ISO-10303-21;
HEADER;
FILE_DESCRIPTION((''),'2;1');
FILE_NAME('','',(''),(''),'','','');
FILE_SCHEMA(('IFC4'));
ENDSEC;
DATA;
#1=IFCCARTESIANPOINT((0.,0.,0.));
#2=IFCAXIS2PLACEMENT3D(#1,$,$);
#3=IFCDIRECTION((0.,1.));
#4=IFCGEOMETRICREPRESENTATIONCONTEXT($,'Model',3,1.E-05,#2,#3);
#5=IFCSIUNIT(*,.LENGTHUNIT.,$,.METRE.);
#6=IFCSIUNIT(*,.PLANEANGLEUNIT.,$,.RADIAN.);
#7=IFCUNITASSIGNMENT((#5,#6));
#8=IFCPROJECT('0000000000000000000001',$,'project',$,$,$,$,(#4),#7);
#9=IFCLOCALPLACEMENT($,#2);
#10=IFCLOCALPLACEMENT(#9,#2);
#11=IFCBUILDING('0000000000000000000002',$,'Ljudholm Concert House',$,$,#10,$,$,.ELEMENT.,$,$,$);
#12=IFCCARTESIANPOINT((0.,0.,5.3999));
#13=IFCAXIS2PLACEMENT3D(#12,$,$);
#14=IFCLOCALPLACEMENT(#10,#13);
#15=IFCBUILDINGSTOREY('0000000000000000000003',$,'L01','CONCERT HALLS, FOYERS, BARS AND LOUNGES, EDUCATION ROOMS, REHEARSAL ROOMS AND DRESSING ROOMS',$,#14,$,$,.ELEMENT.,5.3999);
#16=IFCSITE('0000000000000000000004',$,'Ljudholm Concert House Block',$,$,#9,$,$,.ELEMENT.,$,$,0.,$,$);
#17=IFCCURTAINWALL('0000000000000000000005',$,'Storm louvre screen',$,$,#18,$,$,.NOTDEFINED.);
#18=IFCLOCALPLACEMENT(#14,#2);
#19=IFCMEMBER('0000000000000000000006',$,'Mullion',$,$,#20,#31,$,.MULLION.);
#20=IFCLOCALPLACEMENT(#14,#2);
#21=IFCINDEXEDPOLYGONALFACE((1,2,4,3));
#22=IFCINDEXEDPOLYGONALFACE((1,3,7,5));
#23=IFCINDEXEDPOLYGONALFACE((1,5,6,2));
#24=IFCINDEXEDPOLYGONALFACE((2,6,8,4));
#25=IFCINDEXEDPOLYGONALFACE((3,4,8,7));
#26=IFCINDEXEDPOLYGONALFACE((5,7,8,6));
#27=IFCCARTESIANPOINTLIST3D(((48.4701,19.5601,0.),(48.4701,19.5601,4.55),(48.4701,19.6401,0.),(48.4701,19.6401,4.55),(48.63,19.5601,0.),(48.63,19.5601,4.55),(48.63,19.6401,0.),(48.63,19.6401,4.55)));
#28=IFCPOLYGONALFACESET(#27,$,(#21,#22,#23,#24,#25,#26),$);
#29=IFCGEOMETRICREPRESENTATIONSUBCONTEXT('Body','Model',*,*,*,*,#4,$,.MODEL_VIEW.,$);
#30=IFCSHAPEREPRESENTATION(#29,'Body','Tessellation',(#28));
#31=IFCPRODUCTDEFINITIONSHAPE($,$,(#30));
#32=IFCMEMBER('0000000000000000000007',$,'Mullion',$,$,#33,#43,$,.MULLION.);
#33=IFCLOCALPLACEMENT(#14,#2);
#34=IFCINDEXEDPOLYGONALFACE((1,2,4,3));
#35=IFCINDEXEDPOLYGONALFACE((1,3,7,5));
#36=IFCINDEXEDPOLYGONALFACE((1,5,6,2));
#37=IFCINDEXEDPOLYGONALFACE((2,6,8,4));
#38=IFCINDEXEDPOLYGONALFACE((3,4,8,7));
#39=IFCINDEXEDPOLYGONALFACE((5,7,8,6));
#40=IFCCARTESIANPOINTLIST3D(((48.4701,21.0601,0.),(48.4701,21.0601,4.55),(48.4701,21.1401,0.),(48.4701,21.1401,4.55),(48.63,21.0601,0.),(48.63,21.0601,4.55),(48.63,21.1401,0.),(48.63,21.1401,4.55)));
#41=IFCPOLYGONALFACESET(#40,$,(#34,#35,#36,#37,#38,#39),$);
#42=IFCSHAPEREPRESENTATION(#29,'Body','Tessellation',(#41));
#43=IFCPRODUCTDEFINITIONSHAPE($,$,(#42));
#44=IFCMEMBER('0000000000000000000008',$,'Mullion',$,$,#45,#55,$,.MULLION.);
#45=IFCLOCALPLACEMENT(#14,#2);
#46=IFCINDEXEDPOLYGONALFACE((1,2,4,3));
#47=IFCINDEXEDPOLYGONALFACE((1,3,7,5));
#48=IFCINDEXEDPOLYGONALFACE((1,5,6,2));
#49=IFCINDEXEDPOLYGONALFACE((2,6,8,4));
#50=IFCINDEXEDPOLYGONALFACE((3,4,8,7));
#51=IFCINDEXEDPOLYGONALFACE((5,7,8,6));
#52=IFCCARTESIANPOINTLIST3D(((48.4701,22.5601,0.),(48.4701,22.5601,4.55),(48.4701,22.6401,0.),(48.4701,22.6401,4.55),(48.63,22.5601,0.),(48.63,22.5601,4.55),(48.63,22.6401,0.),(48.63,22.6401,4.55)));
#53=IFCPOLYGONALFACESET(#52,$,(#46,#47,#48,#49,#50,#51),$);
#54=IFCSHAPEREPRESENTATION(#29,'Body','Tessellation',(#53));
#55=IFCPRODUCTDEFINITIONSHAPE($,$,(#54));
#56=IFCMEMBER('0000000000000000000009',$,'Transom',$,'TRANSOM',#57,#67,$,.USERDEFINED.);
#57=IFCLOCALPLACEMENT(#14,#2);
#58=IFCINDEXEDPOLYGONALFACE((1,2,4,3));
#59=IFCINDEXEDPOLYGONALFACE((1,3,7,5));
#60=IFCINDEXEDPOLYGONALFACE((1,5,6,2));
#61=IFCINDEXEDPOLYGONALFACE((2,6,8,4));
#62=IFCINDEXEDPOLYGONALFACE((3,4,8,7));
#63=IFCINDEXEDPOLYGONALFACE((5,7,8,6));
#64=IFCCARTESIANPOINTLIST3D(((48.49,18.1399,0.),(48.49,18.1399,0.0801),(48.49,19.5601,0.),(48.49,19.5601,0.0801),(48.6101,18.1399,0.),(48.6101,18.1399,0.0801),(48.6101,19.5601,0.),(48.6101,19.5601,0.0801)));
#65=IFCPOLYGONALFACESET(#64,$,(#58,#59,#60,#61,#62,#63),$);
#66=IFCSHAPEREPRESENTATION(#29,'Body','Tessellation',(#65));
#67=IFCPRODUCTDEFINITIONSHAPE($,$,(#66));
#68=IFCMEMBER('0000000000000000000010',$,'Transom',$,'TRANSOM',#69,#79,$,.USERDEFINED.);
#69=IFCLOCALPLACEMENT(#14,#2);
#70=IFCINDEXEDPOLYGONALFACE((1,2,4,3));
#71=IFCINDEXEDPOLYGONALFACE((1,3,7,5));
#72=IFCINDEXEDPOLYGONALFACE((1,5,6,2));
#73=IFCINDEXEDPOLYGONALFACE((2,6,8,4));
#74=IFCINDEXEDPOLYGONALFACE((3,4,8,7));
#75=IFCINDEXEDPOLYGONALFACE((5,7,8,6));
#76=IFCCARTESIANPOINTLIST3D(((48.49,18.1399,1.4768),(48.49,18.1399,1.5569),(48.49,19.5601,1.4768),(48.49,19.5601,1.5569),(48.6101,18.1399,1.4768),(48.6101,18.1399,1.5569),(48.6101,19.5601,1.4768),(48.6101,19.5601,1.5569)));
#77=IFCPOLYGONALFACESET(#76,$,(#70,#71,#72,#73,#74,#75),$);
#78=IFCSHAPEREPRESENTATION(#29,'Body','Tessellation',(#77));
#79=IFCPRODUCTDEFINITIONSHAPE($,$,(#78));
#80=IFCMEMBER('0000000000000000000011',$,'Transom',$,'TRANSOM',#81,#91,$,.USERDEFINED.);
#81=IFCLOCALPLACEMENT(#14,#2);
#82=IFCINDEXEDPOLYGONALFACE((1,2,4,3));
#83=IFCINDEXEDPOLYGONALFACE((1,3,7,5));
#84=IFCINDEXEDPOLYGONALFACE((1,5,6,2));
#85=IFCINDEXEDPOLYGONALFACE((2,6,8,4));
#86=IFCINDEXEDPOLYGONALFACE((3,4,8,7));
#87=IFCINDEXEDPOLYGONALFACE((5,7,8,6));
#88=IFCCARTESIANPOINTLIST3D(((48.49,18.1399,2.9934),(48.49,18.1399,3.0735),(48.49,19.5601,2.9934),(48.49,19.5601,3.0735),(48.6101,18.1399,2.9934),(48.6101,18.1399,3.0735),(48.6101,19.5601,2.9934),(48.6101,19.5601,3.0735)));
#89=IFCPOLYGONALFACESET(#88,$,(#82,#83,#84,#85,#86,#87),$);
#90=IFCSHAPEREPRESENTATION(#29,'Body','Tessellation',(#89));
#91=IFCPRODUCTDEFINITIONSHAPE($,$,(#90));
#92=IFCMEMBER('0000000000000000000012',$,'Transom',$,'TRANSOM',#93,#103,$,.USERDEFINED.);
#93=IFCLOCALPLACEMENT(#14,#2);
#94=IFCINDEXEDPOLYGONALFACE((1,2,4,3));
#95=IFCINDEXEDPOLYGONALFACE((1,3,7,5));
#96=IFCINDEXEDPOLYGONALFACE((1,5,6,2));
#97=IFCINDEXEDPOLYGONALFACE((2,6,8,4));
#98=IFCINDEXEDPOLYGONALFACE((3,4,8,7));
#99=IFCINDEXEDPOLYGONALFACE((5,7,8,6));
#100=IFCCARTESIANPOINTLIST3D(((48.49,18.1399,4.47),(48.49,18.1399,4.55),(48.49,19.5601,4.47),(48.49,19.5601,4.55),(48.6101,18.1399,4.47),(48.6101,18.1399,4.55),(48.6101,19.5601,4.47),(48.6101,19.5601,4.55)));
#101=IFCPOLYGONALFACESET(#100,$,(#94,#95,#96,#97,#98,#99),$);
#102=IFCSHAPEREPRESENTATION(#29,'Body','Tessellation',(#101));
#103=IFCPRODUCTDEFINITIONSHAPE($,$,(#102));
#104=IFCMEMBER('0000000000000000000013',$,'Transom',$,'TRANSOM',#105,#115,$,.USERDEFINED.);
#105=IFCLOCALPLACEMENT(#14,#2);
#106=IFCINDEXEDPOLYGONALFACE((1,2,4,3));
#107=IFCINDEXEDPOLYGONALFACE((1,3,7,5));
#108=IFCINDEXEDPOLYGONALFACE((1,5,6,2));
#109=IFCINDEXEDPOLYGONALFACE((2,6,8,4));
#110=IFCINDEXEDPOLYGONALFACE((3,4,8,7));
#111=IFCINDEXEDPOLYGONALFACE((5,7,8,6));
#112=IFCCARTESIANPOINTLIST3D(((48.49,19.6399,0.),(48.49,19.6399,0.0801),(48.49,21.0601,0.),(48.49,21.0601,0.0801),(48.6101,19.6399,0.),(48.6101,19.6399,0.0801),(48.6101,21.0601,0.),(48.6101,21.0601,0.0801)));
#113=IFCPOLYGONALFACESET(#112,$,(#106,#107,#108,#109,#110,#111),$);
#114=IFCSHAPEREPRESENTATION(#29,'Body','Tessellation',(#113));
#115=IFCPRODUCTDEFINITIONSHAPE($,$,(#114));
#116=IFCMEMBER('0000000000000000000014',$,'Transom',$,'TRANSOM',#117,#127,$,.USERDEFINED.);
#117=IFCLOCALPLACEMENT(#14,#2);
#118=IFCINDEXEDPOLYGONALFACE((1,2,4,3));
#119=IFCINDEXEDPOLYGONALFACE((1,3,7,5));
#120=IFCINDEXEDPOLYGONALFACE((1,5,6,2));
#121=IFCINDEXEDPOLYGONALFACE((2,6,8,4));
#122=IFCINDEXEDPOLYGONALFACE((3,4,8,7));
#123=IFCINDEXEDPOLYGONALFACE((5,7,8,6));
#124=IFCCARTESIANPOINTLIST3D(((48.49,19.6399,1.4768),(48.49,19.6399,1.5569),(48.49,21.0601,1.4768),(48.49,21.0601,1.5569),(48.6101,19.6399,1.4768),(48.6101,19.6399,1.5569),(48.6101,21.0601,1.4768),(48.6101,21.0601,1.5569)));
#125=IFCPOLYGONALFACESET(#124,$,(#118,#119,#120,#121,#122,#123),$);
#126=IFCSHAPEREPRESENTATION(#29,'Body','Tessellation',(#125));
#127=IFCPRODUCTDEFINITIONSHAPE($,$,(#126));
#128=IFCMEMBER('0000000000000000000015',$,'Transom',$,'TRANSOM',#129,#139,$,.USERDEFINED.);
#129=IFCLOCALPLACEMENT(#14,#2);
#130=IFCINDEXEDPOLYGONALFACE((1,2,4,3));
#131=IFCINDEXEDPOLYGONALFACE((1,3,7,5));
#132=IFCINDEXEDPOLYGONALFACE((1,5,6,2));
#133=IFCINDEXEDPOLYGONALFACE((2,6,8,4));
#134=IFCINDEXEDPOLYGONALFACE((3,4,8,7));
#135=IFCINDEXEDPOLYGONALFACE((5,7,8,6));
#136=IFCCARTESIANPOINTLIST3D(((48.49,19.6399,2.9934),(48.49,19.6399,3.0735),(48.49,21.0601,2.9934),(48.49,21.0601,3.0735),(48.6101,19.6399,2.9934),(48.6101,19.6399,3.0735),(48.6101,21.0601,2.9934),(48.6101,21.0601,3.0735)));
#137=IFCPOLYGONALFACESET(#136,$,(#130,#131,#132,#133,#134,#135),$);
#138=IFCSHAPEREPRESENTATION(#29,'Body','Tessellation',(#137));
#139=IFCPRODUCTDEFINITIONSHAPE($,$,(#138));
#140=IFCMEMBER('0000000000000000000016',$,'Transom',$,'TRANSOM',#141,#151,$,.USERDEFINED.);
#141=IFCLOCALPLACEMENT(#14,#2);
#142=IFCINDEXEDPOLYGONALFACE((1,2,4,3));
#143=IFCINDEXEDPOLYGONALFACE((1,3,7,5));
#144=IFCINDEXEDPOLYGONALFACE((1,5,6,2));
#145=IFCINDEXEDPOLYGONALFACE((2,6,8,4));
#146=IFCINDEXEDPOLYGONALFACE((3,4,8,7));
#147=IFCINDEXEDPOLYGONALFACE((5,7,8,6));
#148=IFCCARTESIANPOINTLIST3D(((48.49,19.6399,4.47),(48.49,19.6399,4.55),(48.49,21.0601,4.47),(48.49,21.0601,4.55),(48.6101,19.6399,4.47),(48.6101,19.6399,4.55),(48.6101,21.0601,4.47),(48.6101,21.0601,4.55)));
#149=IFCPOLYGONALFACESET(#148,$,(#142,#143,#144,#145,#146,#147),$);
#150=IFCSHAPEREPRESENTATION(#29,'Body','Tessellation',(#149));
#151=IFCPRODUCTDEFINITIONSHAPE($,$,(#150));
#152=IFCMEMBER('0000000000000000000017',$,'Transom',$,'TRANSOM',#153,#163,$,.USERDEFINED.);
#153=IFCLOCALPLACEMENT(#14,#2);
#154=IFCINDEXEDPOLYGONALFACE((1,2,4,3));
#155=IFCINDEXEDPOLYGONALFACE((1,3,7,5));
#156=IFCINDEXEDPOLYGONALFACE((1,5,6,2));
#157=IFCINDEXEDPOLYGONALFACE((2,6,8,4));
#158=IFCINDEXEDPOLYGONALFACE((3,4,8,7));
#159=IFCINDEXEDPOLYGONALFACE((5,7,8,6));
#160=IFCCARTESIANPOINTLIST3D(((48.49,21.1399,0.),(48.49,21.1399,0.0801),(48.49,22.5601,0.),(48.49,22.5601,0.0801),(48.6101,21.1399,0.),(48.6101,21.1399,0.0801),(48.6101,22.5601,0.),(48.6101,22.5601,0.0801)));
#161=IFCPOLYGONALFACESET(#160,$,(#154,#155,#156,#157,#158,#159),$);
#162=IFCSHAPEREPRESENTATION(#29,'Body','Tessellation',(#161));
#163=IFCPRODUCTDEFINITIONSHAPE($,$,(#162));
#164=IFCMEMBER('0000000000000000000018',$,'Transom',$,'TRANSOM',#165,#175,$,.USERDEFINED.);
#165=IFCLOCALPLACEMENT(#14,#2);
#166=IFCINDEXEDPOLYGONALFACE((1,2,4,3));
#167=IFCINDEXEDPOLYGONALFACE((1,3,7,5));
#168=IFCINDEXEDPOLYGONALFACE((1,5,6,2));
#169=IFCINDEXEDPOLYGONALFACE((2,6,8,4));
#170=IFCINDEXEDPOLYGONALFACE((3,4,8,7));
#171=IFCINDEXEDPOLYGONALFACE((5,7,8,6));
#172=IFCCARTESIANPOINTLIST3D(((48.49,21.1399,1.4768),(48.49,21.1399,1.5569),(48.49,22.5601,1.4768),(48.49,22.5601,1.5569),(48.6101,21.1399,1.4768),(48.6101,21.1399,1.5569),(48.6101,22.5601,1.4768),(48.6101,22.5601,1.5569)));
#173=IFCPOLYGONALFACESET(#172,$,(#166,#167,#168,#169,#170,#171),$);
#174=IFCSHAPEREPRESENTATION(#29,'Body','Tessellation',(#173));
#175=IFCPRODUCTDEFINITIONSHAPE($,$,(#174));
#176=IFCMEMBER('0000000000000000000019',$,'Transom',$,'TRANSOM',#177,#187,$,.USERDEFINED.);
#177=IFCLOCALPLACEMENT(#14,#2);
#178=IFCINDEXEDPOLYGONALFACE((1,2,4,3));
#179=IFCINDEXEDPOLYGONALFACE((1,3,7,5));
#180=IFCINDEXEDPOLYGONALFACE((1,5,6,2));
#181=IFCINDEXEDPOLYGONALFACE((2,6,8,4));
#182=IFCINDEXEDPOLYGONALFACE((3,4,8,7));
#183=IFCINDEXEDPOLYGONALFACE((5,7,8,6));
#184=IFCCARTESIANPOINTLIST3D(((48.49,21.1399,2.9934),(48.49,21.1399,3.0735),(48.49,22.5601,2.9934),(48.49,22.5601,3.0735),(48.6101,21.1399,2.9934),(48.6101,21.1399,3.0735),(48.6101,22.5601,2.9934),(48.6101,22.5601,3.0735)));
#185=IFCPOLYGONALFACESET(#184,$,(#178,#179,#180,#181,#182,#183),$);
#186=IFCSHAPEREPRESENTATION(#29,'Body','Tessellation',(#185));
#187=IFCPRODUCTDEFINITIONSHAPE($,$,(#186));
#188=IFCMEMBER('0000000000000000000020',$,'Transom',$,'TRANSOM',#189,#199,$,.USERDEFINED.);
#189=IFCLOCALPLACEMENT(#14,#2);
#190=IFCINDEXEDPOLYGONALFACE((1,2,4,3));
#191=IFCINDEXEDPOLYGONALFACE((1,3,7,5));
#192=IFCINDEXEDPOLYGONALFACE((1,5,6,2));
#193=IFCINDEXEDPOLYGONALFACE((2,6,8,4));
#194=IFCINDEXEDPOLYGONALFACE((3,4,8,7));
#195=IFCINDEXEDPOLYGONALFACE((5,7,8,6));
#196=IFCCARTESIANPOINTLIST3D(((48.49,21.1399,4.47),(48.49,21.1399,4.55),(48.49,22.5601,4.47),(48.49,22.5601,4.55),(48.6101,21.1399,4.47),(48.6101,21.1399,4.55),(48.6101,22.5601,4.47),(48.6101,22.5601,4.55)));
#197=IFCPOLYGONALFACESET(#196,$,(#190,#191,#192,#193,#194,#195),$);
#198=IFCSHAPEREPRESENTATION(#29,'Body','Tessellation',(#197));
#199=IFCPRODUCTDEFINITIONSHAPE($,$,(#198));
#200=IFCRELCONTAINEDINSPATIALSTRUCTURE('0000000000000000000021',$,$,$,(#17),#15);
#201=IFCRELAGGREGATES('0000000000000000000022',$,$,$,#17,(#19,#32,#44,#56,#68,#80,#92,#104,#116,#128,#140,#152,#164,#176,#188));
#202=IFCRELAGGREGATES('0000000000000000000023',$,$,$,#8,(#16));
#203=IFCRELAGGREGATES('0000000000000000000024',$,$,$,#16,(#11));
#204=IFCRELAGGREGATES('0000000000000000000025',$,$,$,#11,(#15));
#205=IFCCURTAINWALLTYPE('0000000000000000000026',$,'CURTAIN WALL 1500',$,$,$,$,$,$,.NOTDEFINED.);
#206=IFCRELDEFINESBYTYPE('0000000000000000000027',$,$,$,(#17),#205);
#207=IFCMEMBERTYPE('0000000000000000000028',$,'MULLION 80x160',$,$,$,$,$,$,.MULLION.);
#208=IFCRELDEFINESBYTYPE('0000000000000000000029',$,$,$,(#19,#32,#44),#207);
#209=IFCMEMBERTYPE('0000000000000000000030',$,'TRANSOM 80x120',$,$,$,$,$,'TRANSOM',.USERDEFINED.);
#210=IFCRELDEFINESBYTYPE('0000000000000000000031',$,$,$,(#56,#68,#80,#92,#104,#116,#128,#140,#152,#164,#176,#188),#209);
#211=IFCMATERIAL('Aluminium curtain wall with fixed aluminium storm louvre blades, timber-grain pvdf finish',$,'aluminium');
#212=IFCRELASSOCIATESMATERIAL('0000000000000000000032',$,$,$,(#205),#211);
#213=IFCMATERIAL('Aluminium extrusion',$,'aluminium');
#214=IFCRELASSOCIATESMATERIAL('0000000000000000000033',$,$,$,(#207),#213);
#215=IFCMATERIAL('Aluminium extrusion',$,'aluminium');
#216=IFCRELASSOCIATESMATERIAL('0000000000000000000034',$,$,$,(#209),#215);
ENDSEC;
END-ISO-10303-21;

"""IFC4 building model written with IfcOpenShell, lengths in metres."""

from ifc_helpers import new_model, si_unit, direction, frame, origin, origin_2d, place, context, subcontext, project, spatial, rectangle, extrude, material, material_profile, profile_set, type_object, element, aggregate, save


model = new_model("IFC4")

# Units and contexts
model_context = context("Model", 3, precision=1e-05, world=origin(), true_north=direction((0.0, 1.0)))
body_context = subcontext(model_context, "Body", "Model", "MODEL_VIEW")
ifc_project = project(units=[si_unit("LENGTHUNIT", "METRE"), si_unit("PLANEANGLEUNIT", "RADIAN")], contexts=[model_context])

# Site, building, storey
site_placement = place(None, origin())
site = spatial("IfcSite", under=ifc_project, at=site_placement, Name="Ljudholm Concert House Block", CompositionType="ELEMENT", RefElevation=0.0)
building_placement = place(site_placement, origin())
building = spatial("IfcBuilding", under=site, at=building_placement, Name="Ljudholm Concert House", CompositionType="ELEMENT")
storey_placement = place(building_placement, frame((0.0, 0.0, 5.3999)))
storey = spatial("IfcBuildingStorey", under=building, at=storey_placement, Name="L01", Description="CONCERT HALLS, FOYERS, BARS AND LOUNGES, EDUCATION ROOMS, REHEARSAL ROOMS AND DRESSING ROOMS", CompositionType="ELEMENT", Elevation=5.3999)

# Curtain wall, members
ifc_material_1 = material(Name="Aluminium curtain wall with fixed aluminium storm louvre blades, timber-grain pvdf finish", Category="aluminium")
curtain_wall_type = type_object("IfcCurtainWallType", Name="CURTAIN WALL 1500", PredefinedType="NOTDEFINED", material=ifc_material_1)
curtain_wall_placement = place(storey_placement, origin())
curtain_wall = element("IfcCurtainWall", 1, at=curtain_wall_placement, inside=storey, type_object=curtain_wall_type, Name="Storm louvre screen", PredefinedType="NOTDEFINED")
ifc_material_2 = material(Name="Aluminium extrusion", Category="aluminium")
ifc_material_profile_1 = material_profile(ifc_material_2, rectangle(XDim=0.1599, YDim=0.0801, at=origin_2d()), Name="MULLION 80x160")
ifc_profile_set_1 = profile_set([ifc_material_profile_1], Name="Aluminium extrusion")
member_type_1 = type_object("IfcMemberType", Name="MULLION 80x160", PredefinedType="MULLION", material=ifc_profile_set_1)
member_1_placement = place(storey_placement, frame((48.55, 19.6001, 0.0), z_axis=(0.0, 0.0, 1.0), x_axis=(-1.0, 0.0, 0.0)))
member_1 = element("IfcMember", 2, at=member_1_placement, type_object=member_type_1, Name="Mullion", PredefinedType="MULLION", context=body_context, shape_type="SweptSolid", body=[
    extrude(rectangle(XDim=0.1599, YDim=0.0801, at=origin_2d()), origin(), (0.0, 0.0, 1.0), 4.55),
])
member_2_placement = place(storey_placement, frame((48.55, 21.1001, 0.0), z_axis=(0.0, 0.0, 1.0), x_axis=(-1.0, 0.0, 0.0)))
member_2 = element("IfcMember", 3, at=member_2_placement, type_object=member_type_1, Name="Mullion", PredefinedType="MULLION", context=body_context, shape_type="SweptSolid", body=[
    extrude(rectangle(XDim=0.1599, YDim=0.0801, at=origin_2d()), origin(), (0.0, 0.0, 1.0), 4.55),
])
member_3_placement = place(storey_placement, frame((48.55, 22.6001, 0.0), z_axis=(0.0, 0.0, 1.0), x_axis=(-1.0, 0.0, 0.0)))
member_3 = element("IfcMember", 4, at=member_3_placement, type_object=member_type_1, Name="Mullion", PredefinedType="MULLION", context=body_context, shape_type="SweptSolid", body=[
    extrude(rectangle(XDim=0.1599, YDim=0.0801, at=origin_2d()), origin(), (0.0, 0.0, 1.0), 4.55),
])
ifc_material_3 = material(Name="Aluminium extrusion", Category="aluminium")
ifc_material_profile_2 = material_profile(ifc_material_3, rectangle(XDim=0.1201, YDim=0.0801, at=origin_2d()), Name="TRANSOM 80x120")
ifc_profile_set_2 = profile_set([ifc_material_profile_2], Name="Aluminium extrusion")
member_type_2 = type_object("IfcMemberType", Name="TRANSOM 80x120", ElementType="TRANSOM", PredefinedType="USERDEFINED", material=ifc_profile_set_2)
member_4_placement = place(storey_placement, frame((48.55, 18.1399, 0.04), z_axis=(0.0, 1.0, 0.0), x_axis=(-1.0, 0.0, 0.0)))
member_4 = element("IfcMember", 5, at=member_4_placement, type_object=member_type_2, Name="Transom", ObjectType="TRANSOM", PredefinedType="USERDEFINED", context=body_context, shape_type="SweptSolid", body=[
    extrude(rectangle(XDim=0.1201, YDim=0.0801, at=origin_2d()), origin(), (0.0, 0.0, 1.0), 1.4202),
])
member_5_placement = place(storey_placement, frame((48.55, 18.1399, 1.5168), z_axis=(0.0, 1.0, 0.0), x_axis=(-1.0, 0.0, 0.0)))
member_5 = element("IfcMember", 6, at=member_5_placement, type_object=member_type_2, Name="Transom", ObjectType="TRANSOM", PredefinedType="USERDEFINED", context=body_context, shape_type="SweptSolid", body=[
    extrude(rectangle(XDim=0.1201, YDim=0.0801, at=origin_2d()), origin(), (0.0, 0.0, 1.0), 1.4202),
])
member_6_placement = place(storey_placement, frame((48.55, 18.1399, 3.0334), z_axis=(0.0, 1.0, 0.0), x_axis=(-1.0, 0.0, 0.0)))
member_6 = element("IfcMember", 7, at=member_6_placement, type_object=member_type_2, Name="Transom", ObjectType="TRANSOM", PredefinedType="USERDEFINED", context=body_context, shape_type="SweptSolid", body=[
    extrude(rectangle(XDim=0.1201, YDim=0.0801, at=origin_2d()), origin(), (0.0, 0.0, 1.0), 1.4202),
])
member_7_placement = place(storey_placement, frame((48.55, 18.1399, 4.51), z_axis=(0.0, 1.0, 0.0), x_axis=(-1.0, 0.0, 0.0)))
member_7 = element("IfcMember", 8, at=member_7_placement, type_object=member_type_2, Name="Transom", ObjectType="TRANSOM", PredefinedType="USERDEFINED", context=body_context, shape_type="SweptSolid", body=[
    extrude(rectangle(XDim=0.1201, YDim=0.0801, at=origin_2d()), origin(), (0.0, 0.0, 1.0), 1.4202),
])
member_8_placement = place(storey_placement, frame((48.55, 19.6399, 0.04), z_axis=(0.0, 1.0, 0.0), x_axis=(-1.0, 0.0, 0.0)))
member_8 = element("IfcMember", 9, at=member_8_placement, type_object=member_type_2, Name="Transom", ObjectType="TRANSOM", PredefinedType="USERDEFINED", context=body_context, shape_type="SweptSolid", body=[
    extrude(rectangle(XDim=0.1201, YDim=0.0801, at=origin_2d()), origin(), (0.0, 0.0, 1.0), 1.4202),
])
member_9_placement = place(storey_placement, frame((48.55, 19.6399, 1.5168), z_axis=(0.0, 1.0, 0.0), x_axis=(-1.0, 0.0, 0.0)))
member_9 = element("IfcMember", 10, at=member_9_placement, type_object=member_type_2, Name="Transom", ObjectType="TRANSOM", PredefinedType="USERDEFINED", context=body_context, shape_type="SweptSolid", body=[
    extrude(rectangle(XDim=0.1201, YDim=0.0801, at=origin_2d()), origin(), (0.0, 0.0, 1.0), 1.4202),
])
member_10_placement = place(storey_placement, frame((48.55, 19.6399, 3.0334), z_axis=(0.0, 1.0, 0.0), x_axis=(-1.0, 0.0, 0.0)))
member_10 = element("IfcMember", 11, at=member_10_placement, type_object=member_type_2, Name="Transom", ObjectType="TRANSOM", PredefinedType="USERDEFINED", context=body_context, shape_type="SweptSolid", body=[
    extrude(rectangle(XDim=0.1201, YDim=0.0801, at=origin_2d()), origin(), (0.0, 0.0, 1.0), 1.4202),
])
member_11_placement = place(storey_placement, frame((48.55, 19.6399, 4.51), z_axis=(0.0, 1.0, 0.0), x_axis=(-1.0, 0.0, 0.0)))
member_11 = element("IfcMember", 12, at=member_11_placement, type_object=member_type_2, Name="Transom", ObjectType="TRANSOM", PredefinedType="USERDEFINED", context=body_context, shape_type="SweptSolid", body=[
    extrude(rectangle(XDim=0.1201, YDim=0.0801, at=origin_2d()), origin(), (0.0, 0.0, 1.0), 1.4202),
])
member_12_placement = place(storey_placement, frame((48.55, 21.1399, 0.04), z_axis=(0.0, 1.0, 0.0), x_axis=(-1.0, 0.0, 0.0)))
member_12 = element("IfcMember", 13, at=member_12_placement, type_object=member_type_2, Name="Transom", ObjectType="TRANSOM", PredefinedType="USERDEFINED", context=body_context, shape_type="SweptSolid", body=[
    extrude(rectangle(XDim=0.1201, YDim=0.0801, at=origin_2d()), origin(), (0.0, 0.0, 1.0), 1.4202),
])
member_13_placement = place(storey_placement, frame((48.55, 21.1399, 1.5168), z_axis=(0.0, 1.0, 0.0), x_axis=(-1.0, 0.0, 0.0)))
member_13 = element("IfcMember", 14, at=member_13_placement, type_object=member_type_2, Name="Transom", ObjectType="TRANSOM", PredefinedType="USERDEFINED", context=body_context, shape_type="SweptSolid", body=[
    extrude(rectangle(XDim=0.1201, YDim=0.0801, at=origin_2d()), origin(), (0.0, 0.0, 1.0), 1.4202),
])
member_14_placement = place(storey_placement, frame((48.55, 21.1399, 3.0334), z_axis=(0.0, 1.0, 0.0), x_axis=(-1.0, 0.0, 0.0)))
member_14 = element("IfcMember", 15, at=member_14_placement, type_object=member_type_2, Name="Transom", ObjectType="TRANSOM", PredefinedType="USERDEFINED", context=body_context, shape_type="SweptSolid", body=[
    extrude(rectangle(XDim=0.1201, YDim=0.0801, at=origin_2d()), origin(), (0.0, 0.0, 1.0), 1.4202),
])
member_15_placement = place(storey_placement, frame((48.55, 21.1399, 4.51), z_axis=(0.0, 1.0, 0.0), x_axis=(-1.0, 0.0, 0.0)))
member_15 = element("IfcMember", 16, at=member_15_placement, type_object=member_type_2, Name="Transom", ObjectType="TRANSOM", PredefinedType="USERDEFINED", context=body_context, shape_type="SweptSolid", body=[
    extrude(rectangle(XDim=0.1201, YDim=0.0801, at=origin_2d()), origin(), (0.0, 0.0, 1.0), 1.4202),
])
aggregate(curtain_wall, [member_1, member_2, member_3, member_4, member_5, member_6, member_7, member_8, member_9, member_10, member_11, member_12, member_13, member_14, member_15])

save(model, "model.ifc")
